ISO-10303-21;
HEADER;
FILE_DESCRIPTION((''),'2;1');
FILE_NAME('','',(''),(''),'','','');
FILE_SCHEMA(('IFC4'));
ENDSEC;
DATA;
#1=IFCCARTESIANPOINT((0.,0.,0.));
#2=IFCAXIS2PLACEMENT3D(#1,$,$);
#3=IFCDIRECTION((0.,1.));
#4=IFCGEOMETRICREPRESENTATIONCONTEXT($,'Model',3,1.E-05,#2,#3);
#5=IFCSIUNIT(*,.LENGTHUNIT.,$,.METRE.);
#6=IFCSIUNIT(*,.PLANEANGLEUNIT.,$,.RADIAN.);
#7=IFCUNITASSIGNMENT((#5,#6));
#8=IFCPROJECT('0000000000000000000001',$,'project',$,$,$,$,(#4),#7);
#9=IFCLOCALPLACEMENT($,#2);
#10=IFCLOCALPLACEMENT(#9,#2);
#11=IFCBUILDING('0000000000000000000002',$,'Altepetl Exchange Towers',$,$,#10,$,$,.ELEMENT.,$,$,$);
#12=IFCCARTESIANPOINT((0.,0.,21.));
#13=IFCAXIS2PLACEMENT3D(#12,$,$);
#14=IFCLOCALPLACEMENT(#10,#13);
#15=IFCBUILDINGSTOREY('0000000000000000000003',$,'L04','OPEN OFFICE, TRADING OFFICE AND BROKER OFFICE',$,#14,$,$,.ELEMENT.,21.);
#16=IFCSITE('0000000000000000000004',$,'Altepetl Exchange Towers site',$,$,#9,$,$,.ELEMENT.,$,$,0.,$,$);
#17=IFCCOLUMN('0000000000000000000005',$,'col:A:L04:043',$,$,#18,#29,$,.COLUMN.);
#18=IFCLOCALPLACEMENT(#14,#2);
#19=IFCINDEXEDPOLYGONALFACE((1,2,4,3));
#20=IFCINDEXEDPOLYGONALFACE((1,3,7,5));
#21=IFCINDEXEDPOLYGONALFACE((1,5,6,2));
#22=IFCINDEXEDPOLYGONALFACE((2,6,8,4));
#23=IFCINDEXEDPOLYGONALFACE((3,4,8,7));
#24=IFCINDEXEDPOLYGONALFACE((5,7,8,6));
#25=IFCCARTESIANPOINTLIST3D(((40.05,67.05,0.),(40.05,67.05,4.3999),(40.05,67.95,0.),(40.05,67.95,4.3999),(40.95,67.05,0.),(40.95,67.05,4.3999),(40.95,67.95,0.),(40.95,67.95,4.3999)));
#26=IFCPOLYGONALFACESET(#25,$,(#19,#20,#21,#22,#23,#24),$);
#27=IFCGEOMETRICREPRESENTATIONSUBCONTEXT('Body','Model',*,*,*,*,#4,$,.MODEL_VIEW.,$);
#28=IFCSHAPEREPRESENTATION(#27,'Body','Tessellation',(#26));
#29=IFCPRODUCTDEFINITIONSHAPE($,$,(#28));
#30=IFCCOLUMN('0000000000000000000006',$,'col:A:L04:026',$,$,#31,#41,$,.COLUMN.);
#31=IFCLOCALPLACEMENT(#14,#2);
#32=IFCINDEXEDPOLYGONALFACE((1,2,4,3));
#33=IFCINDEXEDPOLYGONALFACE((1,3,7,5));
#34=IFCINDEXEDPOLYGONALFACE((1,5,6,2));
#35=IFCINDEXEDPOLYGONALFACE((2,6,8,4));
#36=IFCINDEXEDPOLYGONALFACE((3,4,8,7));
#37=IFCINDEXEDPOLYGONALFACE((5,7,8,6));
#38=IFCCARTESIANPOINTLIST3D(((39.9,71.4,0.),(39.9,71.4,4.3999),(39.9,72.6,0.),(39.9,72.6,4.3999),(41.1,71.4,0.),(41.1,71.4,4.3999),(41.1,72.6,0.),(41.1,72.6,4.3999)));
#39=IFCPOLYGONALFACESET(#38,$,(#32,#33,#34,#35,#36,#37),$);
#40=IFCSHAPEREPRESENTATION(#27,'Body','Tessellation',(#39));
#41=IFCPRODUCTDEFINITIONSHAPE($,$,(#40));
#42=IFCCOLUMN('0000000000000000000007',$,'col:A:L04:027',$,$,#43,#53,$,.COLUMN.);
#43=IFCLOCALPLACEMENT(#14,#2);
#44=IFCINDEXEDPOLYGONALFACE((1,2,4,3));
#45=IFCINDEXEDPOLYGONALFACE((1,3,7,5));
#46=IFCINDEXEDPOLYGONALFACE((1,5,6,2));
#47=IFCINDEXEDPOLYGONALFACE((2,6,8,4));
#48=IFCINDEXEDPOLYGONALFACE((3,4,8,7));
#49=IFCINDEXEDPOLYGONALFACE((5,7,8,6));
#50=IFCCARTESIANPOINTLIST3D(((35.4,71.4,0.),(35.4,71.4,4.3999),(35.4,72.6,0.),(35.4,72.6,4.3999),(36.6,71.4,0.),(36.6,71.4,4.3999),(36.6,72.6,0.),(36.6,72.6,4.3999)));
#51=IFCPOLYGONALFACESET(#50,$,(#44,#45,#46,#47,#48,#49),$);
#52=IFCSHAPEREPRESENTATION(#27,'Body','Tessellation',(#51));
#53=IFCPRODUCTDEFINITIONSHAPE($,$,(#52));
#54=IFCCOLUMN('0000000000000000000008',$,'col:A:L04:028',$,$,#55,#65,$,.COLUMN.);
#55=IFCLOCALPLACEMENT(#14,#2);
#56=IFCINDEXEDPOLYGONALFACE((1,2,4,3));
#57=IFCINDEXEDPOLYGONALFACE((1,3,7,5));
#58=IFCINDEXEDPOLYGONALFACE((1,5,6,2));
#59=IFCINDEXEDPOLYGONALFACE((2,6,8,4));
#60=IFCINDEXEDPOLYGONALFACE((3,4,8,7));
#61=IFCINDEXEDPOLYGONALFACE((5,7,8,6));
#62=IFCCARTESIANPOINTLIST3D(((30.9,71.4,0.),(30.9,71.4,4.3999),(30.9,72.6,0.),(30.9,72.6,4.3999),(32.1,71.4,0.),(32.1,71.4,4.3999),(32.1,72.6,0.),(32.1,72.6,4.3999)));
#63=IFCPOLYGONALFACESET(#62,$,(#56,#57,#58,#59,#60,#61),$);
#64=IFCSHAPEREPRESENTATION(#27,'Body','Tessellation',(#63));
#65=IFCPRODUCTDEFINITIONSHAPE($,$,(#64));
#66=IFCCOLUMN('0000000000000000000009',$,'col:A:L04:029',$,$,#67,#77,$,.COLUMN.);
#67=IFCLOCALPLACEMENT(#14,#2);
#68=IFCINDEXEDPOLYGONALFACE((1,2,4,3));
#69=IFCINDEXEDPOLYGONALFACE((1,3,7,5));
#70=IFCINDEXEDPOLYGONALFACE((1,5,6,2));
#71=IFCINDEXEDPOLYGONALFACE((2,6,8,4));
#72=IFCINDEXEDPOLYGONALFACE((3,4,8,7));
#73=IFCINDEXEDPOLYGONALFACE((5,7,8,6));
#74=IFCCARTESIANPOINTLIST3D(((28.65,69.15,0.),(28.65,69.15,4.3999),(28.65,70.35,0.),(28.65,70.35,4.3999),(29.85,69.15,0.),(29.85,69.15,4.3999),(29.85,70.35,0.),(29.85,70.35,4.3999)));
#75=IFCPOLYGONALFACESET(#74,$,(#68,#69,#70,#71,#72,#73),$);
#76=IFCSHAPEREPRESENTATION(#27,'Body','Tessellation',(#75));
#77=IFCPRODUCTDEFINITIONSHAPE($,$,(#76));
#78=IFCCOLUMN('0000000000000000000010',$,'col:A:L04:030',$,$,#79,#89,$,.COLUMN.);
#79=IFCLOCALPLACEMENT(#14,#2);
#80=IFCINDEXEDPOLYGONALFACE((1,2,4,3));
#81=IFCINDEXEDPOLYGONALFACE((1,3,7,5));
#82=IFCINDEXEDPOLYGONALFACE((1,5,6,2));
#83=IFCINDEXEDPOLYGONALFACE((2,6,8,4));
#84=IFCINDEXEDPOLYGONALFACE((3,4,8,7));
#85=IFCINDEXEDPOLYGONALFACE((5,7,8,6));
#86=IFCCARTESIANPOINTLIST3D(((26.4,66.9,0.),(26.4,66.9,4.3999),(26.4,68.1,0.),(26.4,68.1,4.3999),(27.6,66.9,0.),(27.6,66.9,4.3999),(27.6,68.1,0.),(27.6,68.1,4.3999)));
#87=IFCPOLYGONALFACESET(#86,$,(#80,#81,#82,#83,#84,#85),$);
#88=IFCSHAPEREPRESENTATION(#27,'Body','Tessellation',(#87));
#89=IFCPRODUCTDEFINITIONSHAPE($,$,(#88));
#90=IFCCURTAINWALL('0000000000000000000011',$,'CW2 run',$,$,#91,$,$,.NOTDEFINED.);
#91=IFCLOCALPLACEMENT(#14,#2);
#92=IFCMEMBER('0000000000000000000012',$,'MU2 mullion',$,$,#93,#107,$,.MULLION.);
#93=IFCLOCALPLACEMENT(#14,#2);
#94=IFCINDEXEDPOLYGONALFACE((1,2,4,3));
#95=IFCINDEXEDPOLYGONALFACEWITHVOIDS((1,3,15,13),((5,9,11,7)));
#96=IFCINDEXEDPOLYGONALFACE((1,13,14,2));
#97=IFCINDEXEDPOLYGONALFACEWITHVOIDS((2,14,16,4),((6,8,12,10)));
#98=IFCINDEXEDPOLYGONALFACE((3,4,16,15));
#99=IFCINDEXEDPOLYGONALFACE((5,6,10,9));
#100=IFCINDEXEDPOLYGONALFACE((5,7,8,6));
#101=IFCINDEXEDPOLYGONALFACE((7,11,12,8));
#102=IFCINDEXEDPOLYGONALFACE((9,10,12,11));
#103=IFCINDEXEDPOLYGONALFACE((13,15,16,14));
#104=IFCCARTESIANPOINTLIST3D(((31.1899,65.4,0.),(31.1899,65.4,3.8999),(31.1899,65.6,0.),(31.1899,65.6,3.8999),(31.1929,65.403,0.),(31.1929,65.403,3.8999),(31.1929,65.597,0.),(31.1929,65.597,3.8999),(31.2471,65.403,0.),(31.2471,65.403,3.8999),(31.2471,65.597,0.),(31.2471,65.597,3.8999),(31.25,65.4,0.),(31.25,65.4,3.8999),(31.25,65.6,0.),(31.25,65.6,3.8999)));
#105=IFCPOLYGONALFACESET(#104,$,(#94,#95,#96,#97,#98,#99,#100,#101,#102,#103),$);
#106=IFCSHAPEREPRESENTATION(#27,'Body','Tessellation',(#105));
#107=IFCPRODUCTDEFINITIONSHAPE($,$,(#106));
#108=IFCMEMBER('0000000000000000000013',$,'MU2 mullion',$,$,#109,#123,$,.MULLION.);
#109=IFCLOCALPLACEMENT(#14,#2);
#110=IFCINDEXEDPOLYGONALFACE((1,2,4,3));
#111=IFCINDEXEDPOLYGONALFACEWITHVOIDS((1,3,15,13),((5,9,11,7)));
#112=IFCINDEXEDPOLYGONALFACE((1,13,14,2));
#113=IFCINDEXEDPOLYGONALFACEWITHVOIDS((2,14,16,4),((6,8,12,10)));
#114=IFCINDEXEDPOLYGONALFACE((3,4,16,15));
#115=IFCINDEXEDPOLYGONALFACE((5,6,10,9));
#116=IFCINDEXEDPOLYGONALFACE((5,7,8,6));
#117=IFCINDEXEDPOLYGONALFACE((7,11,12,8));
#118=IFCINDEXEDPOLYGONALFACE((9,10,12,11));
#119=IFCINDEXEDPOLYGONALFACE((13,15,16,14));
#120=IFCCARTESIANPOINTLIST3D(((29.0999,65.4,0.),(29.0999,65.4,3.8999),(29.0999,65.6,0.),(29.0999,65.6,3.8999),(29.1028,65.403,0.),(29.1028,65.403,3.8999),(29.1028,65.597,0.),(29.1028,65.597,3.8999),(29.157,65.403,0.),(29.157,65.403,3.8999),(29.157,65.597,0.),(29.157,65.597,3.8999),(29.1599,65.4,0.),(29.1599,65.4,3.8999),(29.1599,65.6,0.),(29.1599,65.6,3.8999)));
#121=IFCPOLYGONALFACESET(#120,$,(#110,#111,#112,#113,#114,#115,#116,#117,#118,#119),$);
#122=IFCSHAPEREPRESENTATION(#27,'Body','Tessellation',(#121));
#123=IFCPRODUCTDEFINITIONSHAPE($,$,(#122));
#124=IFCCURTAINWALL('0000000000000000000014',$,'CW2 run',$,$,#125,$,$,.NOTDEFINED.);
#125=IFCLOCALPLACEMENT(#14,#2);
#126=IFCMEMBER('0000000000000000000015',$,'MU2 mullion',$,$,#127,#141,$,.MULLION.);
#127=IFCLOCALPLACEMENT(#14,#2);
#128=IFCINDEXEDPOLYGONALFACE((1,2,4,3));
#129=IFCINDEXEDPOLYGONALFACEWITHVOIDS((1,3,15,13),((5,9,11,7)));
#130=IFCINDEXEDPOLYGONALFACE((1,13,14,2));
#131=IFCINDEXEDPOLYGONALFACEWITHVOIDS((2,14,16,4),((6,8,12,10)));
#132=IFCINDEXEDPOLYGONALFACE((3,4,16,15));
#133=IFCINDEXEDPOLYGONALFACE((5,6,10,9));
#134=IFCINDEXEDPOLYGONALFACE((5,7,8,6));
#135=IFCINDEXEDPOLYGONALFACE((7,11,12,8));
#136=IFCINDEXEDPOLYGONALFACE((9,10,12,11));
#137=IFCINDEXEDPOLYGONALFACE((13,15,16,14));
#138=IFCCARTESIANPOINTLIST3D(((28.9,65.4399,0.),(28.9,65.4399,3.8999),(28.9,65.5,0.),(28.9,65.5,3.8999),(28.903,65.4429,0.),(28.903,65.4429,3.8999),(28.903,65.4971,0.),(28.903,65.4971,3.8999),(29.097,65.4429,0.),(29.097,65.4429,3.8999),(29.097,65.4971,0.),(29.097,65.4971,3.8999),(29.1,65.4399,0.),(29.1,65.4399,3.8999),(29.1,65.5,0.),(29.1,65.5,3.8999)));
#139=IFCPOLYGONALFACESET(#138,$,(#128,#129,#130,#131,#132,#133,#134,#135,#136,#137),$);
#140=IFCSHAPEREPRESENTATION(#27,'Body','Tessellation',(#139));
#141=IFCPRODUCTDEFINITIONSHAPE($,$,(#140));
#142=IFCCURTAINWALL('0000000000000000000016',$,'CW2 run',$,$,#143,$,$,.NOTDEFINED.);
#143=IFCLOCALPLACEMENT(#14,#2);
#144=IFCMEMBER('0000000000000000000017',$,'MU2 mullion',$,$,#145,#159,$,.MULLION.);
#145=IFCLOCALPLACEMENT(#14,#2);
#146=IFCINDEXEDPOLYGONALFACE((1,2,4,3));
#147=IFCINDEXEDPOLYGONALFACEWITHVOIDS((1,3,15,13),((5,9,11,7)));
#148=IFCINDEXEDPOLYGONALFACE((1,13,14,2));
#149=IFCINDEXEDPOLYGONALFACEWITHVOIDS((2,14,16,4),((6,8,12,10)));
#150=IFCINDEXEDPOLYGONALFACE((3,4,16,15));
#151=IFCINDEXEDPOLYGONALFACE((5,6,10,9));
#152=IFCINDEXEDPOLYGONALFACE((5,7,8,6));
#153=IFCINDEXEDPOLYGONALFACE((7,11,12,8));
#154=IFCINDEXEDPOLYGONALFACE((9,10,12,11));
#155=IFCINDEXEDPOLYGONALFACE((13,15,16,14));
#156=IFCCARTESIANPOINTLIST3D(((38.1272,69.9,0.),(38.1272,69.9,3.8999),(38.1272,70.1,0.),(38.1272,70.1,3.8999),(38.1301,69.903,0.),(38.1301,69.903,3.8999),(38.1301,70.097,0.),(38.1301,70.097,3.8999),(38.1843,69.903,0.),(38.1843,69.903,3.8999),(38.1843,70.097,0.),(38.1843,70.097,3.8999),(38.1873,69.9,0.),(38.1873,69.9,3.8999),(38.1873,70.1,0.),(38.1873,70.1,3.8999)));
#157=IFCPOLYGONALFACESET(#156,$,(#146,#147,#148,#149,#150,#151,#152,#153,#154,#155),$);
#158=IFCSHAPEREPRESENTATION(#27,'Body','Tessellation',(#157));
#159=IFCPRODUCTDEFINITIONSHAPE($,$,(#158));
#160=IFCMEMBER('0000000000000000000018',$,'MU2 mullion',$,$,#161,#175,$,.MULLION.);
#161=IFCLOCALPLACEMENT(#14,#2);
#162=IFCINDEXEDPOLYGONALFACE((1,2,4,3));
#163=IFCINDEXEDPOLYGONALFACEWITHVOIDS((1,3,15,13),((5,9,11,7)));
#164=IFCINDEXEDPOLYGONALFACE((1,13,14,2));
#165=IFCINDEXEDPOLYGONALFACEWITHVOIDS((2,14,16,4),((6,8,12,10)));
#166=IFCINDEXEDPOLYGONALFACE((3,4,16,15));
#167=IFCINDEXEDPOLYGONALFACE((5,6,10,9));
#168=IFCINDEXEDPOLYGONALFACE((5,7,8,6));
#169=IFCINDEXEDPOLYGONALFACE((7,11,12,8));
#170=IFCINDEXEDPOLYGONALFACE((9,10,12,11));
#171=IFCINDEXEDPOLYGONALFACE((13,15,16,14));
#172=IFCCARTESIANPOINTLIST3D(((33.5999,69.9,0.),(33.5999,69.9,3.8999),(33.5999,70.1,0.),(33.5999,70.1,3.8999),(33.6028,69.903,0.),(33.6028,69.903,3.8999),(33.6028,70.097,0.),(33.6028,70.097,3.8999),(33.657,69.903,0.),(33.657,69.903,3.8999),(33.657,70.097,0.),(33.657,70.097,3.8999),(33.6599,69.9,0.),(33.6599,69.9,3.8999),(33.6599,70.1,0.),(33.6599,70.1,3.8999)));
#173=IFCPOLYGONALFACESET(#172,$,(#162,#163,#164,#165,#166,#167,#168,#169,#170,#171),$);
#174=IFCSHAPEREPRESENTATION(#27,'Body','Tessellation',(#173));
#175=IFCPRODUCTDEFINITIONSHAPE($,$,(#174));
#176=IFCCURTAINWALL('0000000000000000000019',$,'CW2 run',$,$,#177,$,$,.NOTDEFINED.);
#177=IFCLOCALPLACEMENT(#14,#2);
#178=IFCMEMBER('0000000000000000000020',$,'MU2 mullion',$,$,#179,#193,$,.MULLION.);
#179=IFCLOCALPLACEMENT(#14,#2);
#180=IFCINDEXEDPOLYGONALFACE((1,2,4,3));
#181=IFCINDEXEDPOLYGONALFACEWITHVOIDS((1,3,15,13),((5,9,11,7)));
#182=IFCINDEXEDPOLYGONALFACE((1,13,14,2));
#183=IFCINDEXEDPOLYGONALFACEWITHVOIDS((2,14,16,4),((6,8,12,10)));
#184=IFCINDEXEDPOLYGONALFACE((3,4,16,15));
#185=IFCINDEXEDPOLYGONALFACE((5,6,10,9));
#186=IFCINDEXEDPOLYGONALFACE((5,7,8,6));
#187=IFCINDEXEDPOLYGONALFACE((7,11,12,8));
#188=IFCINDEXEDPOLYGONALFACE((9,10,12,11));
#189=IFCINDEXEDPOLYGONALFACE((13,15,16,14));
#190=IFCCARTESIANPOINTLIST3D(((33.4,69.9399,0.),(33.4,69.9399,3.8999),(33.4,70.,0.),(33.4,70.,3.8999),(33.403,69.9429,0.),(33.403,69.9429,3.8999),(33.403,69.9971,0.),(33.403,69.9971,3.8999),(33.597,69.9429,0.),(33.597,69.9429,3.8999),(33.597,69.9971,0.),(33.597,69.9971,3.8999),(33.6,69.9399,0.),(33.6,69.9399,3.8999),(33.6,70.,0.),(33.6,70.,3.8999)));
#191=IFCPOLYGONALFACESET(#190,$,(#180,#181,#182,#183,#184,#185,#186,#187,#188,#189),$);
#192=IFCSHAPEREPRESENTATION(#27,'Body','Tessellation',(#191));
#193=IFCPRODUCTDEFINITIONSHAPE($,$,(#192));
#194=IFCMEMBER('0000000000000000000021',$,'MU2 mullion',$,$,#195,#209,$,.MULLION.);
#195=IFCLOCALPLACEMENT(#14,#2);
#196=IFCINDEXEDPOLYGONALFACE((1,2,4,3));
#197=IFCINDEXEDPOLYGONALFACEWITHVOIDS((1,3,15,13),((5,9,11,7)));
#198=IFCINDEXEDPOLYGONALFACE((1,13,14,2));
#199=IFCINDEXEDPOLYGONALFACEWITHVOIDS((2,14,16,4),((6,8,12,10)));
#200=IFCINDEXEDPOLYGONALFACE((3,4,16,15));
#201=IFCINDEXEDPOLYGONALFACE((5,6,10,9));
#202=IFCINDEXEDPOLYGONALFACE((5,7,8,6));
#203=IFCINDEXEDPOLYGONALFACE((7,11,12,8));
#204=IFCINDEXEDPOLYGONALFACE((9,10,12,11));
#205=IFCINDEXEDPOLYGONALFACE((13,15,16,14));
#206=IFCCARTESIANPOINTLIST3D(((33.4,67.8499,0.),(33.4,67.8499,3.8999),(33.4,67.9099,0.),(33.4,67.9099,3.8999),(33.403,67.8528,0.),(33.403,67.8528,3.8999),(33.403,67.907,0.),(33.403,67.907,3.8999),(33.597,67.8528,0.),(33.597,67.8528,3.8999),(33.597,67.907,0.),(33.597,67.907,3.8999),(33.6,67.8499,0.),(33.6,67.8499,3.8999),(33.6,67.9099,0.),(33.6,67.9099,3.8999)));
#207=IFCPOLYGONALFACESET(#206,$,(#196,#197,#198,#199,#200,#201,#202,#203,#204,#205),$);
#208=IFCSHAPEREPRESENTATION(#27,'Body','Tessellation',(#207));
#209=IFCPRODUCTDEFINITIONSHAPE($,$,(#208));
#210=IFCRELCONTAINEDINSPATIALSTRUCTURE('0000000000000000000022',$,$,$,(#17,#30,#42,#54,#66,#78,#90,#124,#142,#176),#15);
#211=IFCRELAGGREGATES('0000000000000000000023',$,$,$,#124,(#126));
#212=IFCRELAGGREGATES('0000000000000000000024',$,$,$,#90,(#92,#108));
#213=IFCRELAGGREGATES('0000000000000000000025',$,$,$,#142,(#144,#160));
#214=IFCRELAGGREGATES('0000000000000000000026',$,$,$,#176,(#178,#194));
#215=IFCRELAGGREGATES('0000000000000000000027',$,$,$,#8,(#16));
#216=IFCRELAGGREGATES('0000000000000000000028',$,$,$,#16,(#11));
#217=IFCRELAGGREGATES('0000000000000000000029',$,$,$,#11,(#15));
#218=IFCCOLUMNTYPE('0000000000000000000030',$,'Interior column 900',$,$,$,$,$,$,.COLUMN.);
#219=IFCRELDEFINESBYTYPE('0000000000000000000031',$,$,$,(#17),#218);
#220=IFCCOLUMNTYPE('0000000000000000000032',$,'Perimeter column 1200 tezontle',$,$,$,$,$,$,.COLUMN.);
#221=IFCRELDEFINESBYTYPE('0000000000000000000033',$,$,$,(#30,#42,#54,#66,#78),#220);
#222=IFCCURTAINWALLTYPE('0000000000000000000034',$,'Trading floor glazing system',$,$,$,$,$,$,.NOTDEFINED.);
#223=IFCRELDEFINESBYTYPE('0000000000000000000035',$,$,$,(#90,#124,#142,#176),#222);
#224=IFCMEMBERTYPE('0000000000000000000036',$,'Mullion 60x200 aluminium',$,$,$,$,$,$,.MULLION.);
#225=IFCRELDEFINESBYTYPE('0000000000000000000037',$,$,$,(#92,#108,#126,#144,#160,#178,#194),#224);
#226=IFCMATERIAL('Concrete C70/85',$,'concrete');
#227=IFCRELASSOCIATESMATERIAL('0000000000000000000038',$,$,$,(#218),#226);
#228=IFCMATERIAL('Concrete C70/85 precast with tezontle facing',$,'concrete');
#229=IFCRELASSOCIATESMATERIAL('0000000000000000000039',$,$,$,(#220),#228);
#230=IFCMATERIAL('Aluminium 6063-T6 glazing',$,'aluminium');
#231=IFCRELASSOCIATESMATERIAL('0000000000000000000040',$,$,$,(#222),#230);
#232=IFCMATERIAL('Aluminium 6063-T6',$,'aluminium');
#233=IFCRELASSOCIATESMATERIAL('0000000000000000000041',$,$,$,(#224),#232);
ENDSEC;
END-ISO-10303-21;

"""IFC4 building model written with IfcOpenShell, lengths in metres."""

from ifc_helpers import new_model, si_unit, direction, frame, origin, origin_2d, place, context, subcontext, project, spatial, rectangle, hollow_rectangle, extrude, material, material_profile, profile_set, type_object, element, aggregate, save


model = new_model("IFC4")

# Units and contexts
model_context = context("Model", 3, precision=1e-05, world=origin(), true_north=direction((0.0, 1.0)))
body_context = subcontext(model_context, "Body", "Model", "MODEL_VIEW")
ifc_project = project(units=[si_unit("LENGTHUNIT", "METRE"), si_unit("PLANEANGLEUNIT", "RADIAN")], contexts=[model_context])

# Site, building, storey
site_placement = place(None, origin())
site = spatial("IfcSite", under=ifc_project, at=site_placement, Name="Altepetl Exchange Towers site", CompositionType="ELEMENT", RefElevation=0.0)
building_placement = place(site_placement, origin())
building = spatial("IfcBuilding", under=site, at=building_placement, Name="Altepetl Exchange Towers", CompositionType="ELEMENT")
storey_placement = place(building_placement, frame((0.0, 0.0, 21.0)))
storey = spatial("IfcBuildingStorey", under=building, at=storey_placement, Name="L04", Description="OPEN OFFICE, TRADING OFFICE AND BROKER OFFICE", CompositionType="ELEMENT", Elevation=21.0)

# Columns
ifc_material_1 = material(Name="Concrete C70/85", Category="concrete")
ifc_material_profile_1 = material_profile(ifc_material_1, rectangle(XDim=0.8999, YDim=0.8999, at=origin_2d()), Name="900 x 900")
ifc_profile_set_1 = profile_set([ifc_material_profile_1], Name="Concrete C70/85")
column_type_1 = type_object("IfcColumnType", Name="Interior column 900", PredefinedType="COLUMN", material=ifc_profile_set_1)
column_placement = place(storey_placement, frame((40.5, 67.5, 0.0)))
element("IfcColumn", 1, at=column_placement, inside=storey, type_object=column_type_1, Name="col:A:L04:043", PredefinedType="COLUMN", context=body_context, shape_type="SweptSolid", body=[
    extrude(rectangle(XDim=0.8999, YDim=0.8999, at=origin_2d()), origin(), (0.0, 0.0, 1.0), 4.3999),
])
ifc_material_2 = material(Name="Concrete C70/85 precast with tezontle facing", Category="concrete")
ifc_material_profile_2 = material_profile(ifc_material_2, rectangle(XDim=1.2, YDim=1.2, at=origin_2d()), Name="1200 x 1200")
ifc_profile_set_2 = profile_set([ifc_material_profile_2], Name="Concrete C70/85 precast with tezontle facing")
column_type_2 = type_object("IfcColumnType", Name="Perimeter column 1200 tezontle", PredefinedType="COLUMN", material=ifc_profile_set_2)
for number, where, name in (
    (2, (40.5, 72.0, 0.0), "col:A:L04:026"),
    (3, (36.0, 72.0, 0.0), "col:A:L04:027"),
    (4, (31.5, 72.0, 0.0), "col:A:L04:028"),
    (5, (29.25, 69.75, 0.0), "col:A:L04:029"),
    (6, (27.0, 67.5, 0.0), "col:A:L04:030"),
):
    element("IfcColumn", number, at=place(storey_placement, frame(where)), inside=storey, type_object=column_type_2, Name=name, PredefinedType="COLUMN", context=body_context, shape_type="SweptSolid", body=[
        extrude(rectangle(XDim=1.2, YDim=1.2, at=origin_2d()), origin(), (0.0, 0.0, 1.0), 4.3999),
    ])

# Curtain wall, members
ifc_material_3 = material(Name="Aluminium 6063-T6 glazing", Category="aluminium")
curtain_wall_type = type_object("IfcCurtainWallType", Name="Trading floor glazing system", PredefinedType="NOTDEFINED", material=ifc_material_3)
curtain_wall_1_placement = place(storey_placement, origin())
curtain_wall_1 = element("IfcCurtainWall", 7, at=curtain_wall_1_placement, inside=storey, type_object=curtain_wall_type, Name="CW2 run", PredefinedType="NOTDEFINED")
ifc_material_4 = material(Name="Aluminium 6063-T6", Category="aluminium")
ifc_material_profile_3 = material_profile(ifc_material_4, hollow_rectangle(XDim=0.0601, YDim=0.2, WallThickness=0.0029, at=origin_2d()), Name="Mullion 60x200 aluminium")
ifc_profile_set_3 = profile_set([ifc_material_profile_3], Name="Aluminium 6063-T6")
member_type = type_object("IfcMemberType", Name="Mullion 60x200 aluminium", PredefinedType="MULLION", material=ifc_profile_set_3)
member_1_placement = place(storey_placement, frame((31.22, 65.5, 0.0), z_axis=(0.0, 0.0, 1.0), x_axis=(-1.0, 0.0, 0.0)))
member_1 = element("IfcMember", 8, at=member_1_placement, type_object=member_type, Name="MU2 mullion", PredefinedType="MULLION", context=body_context, shape_type="SweptSolid", body=[
    extrude(hollow_rectangle(XDim=0.0601, YDim=0.2, WallThickness=0.0029, at=origin_2d()), origin(), (0.0, 0.0, 1.0), 3.8999),
])
member_2_placement = place(storey_placement, frame((29.1299, 65.5, 0.0), z_axis=(0.0, 0.0, 1.0), x_axis=(-1.0, 0.0, 0.0)))
member_2 = element("IfcMember", 9, at=member_2_placement, type_object=member_type, Name="MU2 mullion", PredefinedType="MULLION", context=body_context, shape_type="SweptSolid", body=[
    extrude(hollow_rectangle(XDim=0.0601, YDim=0.2, WallThickness=0.0029, at=origin_2d()), origin(), (0.0, 0.0, 1.0), 3.8999),
])

# Curtain wall, member
curtain_wall_2_placement = place(storey_placement, origin())
curtain_wall_2 = element("IfcCurtainWall", 10, at=curtain_wall_2_placement, inside=storey, type_object=curtain_wall_type, Name="CW2 run", PredefinedType="NOTDEFINED")
member_3_placement = place(storey_placement, frame((29.0, 65.47, 0.0), z_axis=(0.0, 0.0, 1.0), x_axis=(0.0, -1.0, 0.0)))
member_3 = element("IfcMember", 11, at=member_3_placement, type_object=member_type, Name="MU2 mullion", PredefinedType="MULLION", context=body_context, shape_type="SweptSolid", body=[
    extrude(hollow_rectangle(XDim=0.0601, YDim=0.2, WallThickness=0.0029, at=origin_2d()), origin(), (0.0, 0.0, 1.0), 3.8999),
])
aggregate(curtain_wall_2, [member_3])

# Curtain walls, members
curtain_wall_3_placement = place(storey_placement, origin())
curtain_wall_3 = element("IfcCurtainWall", 12, at=curtain_wall_3_placement, inside=storey, type_object=curtain_wall_type, Name="CW2 run", PredefinedType="NOTDEFINED")
member_4_placement = place(storey_placement, frame((38.1572, 70.0, 0.0), z_axis=(0.0, 0.0, 1.0), x_axis=(-1.0, 0.0, 0.0)))
member_4 = element("IfcMember", 13, at=member_4_placement, type_object=member_type, Name="MU2 mullion", PredefinedType="MULLION", context=body_context, shape_type="SweptSolid", body=[
    extrude(hollow_rectangle(XDim=0.0601, YDim=0.2, WallThickness=0.0029, at=origin_2d()), origin(), (0.0, 0.0, 1.0), 3.8999),
])
member_5_placement = place(storey_placement, frame((33.6299, 70.0, 0.0), z_axis=(0.0, 0.0, 1.0), x_axis=(-1.0, 0.0, 0.0)))
member_5 = element("IfcMember", 14, at=member_5_placement, type_object=member_type, Name="MU2 mullion", PredefinedType="MULLION", context=body_context, shape_type="SweptSolid", body=[
    extrude(hollow_rectangle(XDim=0.0601, YDim=0.2, WallThickness=0.0029, at=origin_2d()), origin(), (0.0, 0.0, 1.0), 3.8999),
])
curtain_wall_4_placement = place(storey_placement, origin())
curtain_wall_4 = element("IfcCurtainWall", 15, at=curtain_wall_4_placement, inside=storey, type_object=curtain_wall_type, Name="CW2 run", PredefinedType="NOTDEFINED")
member_6_placement = place(storey_placement, frame((33.5, 69.97, 0.0), z_axis=(0.0, 0.0, 1.0), x_axis=(0.0, -1.0, 0.0)))
member_6 = element("IfcMember", 16, at=member_6_placement, type_object=member_type, Name="MU2 mullion", PredefinedType="MULLION", context=body_context, shape_type="SweptSolid", body=[
    extrude(hollow_rectangle(XDim=0.0601, YDim=0.2, WallThickness=0.0029, at=origin_2d()), origin(), (0.0, 0.0, 1.0), 3.8999),
])
member_7_placement = place(storey_placement, frame((33.5, 67.8799, 0.0), z_axis=(0.0, 0.0, 1.0), x_axis=(0.0, -1.0, 0.0)))
member_7 = element("IfcMember", 17, at=member_7_placement, type_object=member_type, Name="MU2 mullion", PredefinedType="MULLION", context=body_context, shape_type="SweptSolid", body=[
    extrude(hollow_rectangle(XDim=0.0601, YDim=0.2, WallThickness=0.0029, at=origin_2d()), origin(), (0.0, 0.0, 1.0), 3.8999),
])

aggregate(curtain_wall_1, [member_1, member_2])
aggregate(curtain_wall_3, [member_4, member_5])
aggregate(curtain_wall_4, [member_6, member_7])

save(model, "model.ifc")
